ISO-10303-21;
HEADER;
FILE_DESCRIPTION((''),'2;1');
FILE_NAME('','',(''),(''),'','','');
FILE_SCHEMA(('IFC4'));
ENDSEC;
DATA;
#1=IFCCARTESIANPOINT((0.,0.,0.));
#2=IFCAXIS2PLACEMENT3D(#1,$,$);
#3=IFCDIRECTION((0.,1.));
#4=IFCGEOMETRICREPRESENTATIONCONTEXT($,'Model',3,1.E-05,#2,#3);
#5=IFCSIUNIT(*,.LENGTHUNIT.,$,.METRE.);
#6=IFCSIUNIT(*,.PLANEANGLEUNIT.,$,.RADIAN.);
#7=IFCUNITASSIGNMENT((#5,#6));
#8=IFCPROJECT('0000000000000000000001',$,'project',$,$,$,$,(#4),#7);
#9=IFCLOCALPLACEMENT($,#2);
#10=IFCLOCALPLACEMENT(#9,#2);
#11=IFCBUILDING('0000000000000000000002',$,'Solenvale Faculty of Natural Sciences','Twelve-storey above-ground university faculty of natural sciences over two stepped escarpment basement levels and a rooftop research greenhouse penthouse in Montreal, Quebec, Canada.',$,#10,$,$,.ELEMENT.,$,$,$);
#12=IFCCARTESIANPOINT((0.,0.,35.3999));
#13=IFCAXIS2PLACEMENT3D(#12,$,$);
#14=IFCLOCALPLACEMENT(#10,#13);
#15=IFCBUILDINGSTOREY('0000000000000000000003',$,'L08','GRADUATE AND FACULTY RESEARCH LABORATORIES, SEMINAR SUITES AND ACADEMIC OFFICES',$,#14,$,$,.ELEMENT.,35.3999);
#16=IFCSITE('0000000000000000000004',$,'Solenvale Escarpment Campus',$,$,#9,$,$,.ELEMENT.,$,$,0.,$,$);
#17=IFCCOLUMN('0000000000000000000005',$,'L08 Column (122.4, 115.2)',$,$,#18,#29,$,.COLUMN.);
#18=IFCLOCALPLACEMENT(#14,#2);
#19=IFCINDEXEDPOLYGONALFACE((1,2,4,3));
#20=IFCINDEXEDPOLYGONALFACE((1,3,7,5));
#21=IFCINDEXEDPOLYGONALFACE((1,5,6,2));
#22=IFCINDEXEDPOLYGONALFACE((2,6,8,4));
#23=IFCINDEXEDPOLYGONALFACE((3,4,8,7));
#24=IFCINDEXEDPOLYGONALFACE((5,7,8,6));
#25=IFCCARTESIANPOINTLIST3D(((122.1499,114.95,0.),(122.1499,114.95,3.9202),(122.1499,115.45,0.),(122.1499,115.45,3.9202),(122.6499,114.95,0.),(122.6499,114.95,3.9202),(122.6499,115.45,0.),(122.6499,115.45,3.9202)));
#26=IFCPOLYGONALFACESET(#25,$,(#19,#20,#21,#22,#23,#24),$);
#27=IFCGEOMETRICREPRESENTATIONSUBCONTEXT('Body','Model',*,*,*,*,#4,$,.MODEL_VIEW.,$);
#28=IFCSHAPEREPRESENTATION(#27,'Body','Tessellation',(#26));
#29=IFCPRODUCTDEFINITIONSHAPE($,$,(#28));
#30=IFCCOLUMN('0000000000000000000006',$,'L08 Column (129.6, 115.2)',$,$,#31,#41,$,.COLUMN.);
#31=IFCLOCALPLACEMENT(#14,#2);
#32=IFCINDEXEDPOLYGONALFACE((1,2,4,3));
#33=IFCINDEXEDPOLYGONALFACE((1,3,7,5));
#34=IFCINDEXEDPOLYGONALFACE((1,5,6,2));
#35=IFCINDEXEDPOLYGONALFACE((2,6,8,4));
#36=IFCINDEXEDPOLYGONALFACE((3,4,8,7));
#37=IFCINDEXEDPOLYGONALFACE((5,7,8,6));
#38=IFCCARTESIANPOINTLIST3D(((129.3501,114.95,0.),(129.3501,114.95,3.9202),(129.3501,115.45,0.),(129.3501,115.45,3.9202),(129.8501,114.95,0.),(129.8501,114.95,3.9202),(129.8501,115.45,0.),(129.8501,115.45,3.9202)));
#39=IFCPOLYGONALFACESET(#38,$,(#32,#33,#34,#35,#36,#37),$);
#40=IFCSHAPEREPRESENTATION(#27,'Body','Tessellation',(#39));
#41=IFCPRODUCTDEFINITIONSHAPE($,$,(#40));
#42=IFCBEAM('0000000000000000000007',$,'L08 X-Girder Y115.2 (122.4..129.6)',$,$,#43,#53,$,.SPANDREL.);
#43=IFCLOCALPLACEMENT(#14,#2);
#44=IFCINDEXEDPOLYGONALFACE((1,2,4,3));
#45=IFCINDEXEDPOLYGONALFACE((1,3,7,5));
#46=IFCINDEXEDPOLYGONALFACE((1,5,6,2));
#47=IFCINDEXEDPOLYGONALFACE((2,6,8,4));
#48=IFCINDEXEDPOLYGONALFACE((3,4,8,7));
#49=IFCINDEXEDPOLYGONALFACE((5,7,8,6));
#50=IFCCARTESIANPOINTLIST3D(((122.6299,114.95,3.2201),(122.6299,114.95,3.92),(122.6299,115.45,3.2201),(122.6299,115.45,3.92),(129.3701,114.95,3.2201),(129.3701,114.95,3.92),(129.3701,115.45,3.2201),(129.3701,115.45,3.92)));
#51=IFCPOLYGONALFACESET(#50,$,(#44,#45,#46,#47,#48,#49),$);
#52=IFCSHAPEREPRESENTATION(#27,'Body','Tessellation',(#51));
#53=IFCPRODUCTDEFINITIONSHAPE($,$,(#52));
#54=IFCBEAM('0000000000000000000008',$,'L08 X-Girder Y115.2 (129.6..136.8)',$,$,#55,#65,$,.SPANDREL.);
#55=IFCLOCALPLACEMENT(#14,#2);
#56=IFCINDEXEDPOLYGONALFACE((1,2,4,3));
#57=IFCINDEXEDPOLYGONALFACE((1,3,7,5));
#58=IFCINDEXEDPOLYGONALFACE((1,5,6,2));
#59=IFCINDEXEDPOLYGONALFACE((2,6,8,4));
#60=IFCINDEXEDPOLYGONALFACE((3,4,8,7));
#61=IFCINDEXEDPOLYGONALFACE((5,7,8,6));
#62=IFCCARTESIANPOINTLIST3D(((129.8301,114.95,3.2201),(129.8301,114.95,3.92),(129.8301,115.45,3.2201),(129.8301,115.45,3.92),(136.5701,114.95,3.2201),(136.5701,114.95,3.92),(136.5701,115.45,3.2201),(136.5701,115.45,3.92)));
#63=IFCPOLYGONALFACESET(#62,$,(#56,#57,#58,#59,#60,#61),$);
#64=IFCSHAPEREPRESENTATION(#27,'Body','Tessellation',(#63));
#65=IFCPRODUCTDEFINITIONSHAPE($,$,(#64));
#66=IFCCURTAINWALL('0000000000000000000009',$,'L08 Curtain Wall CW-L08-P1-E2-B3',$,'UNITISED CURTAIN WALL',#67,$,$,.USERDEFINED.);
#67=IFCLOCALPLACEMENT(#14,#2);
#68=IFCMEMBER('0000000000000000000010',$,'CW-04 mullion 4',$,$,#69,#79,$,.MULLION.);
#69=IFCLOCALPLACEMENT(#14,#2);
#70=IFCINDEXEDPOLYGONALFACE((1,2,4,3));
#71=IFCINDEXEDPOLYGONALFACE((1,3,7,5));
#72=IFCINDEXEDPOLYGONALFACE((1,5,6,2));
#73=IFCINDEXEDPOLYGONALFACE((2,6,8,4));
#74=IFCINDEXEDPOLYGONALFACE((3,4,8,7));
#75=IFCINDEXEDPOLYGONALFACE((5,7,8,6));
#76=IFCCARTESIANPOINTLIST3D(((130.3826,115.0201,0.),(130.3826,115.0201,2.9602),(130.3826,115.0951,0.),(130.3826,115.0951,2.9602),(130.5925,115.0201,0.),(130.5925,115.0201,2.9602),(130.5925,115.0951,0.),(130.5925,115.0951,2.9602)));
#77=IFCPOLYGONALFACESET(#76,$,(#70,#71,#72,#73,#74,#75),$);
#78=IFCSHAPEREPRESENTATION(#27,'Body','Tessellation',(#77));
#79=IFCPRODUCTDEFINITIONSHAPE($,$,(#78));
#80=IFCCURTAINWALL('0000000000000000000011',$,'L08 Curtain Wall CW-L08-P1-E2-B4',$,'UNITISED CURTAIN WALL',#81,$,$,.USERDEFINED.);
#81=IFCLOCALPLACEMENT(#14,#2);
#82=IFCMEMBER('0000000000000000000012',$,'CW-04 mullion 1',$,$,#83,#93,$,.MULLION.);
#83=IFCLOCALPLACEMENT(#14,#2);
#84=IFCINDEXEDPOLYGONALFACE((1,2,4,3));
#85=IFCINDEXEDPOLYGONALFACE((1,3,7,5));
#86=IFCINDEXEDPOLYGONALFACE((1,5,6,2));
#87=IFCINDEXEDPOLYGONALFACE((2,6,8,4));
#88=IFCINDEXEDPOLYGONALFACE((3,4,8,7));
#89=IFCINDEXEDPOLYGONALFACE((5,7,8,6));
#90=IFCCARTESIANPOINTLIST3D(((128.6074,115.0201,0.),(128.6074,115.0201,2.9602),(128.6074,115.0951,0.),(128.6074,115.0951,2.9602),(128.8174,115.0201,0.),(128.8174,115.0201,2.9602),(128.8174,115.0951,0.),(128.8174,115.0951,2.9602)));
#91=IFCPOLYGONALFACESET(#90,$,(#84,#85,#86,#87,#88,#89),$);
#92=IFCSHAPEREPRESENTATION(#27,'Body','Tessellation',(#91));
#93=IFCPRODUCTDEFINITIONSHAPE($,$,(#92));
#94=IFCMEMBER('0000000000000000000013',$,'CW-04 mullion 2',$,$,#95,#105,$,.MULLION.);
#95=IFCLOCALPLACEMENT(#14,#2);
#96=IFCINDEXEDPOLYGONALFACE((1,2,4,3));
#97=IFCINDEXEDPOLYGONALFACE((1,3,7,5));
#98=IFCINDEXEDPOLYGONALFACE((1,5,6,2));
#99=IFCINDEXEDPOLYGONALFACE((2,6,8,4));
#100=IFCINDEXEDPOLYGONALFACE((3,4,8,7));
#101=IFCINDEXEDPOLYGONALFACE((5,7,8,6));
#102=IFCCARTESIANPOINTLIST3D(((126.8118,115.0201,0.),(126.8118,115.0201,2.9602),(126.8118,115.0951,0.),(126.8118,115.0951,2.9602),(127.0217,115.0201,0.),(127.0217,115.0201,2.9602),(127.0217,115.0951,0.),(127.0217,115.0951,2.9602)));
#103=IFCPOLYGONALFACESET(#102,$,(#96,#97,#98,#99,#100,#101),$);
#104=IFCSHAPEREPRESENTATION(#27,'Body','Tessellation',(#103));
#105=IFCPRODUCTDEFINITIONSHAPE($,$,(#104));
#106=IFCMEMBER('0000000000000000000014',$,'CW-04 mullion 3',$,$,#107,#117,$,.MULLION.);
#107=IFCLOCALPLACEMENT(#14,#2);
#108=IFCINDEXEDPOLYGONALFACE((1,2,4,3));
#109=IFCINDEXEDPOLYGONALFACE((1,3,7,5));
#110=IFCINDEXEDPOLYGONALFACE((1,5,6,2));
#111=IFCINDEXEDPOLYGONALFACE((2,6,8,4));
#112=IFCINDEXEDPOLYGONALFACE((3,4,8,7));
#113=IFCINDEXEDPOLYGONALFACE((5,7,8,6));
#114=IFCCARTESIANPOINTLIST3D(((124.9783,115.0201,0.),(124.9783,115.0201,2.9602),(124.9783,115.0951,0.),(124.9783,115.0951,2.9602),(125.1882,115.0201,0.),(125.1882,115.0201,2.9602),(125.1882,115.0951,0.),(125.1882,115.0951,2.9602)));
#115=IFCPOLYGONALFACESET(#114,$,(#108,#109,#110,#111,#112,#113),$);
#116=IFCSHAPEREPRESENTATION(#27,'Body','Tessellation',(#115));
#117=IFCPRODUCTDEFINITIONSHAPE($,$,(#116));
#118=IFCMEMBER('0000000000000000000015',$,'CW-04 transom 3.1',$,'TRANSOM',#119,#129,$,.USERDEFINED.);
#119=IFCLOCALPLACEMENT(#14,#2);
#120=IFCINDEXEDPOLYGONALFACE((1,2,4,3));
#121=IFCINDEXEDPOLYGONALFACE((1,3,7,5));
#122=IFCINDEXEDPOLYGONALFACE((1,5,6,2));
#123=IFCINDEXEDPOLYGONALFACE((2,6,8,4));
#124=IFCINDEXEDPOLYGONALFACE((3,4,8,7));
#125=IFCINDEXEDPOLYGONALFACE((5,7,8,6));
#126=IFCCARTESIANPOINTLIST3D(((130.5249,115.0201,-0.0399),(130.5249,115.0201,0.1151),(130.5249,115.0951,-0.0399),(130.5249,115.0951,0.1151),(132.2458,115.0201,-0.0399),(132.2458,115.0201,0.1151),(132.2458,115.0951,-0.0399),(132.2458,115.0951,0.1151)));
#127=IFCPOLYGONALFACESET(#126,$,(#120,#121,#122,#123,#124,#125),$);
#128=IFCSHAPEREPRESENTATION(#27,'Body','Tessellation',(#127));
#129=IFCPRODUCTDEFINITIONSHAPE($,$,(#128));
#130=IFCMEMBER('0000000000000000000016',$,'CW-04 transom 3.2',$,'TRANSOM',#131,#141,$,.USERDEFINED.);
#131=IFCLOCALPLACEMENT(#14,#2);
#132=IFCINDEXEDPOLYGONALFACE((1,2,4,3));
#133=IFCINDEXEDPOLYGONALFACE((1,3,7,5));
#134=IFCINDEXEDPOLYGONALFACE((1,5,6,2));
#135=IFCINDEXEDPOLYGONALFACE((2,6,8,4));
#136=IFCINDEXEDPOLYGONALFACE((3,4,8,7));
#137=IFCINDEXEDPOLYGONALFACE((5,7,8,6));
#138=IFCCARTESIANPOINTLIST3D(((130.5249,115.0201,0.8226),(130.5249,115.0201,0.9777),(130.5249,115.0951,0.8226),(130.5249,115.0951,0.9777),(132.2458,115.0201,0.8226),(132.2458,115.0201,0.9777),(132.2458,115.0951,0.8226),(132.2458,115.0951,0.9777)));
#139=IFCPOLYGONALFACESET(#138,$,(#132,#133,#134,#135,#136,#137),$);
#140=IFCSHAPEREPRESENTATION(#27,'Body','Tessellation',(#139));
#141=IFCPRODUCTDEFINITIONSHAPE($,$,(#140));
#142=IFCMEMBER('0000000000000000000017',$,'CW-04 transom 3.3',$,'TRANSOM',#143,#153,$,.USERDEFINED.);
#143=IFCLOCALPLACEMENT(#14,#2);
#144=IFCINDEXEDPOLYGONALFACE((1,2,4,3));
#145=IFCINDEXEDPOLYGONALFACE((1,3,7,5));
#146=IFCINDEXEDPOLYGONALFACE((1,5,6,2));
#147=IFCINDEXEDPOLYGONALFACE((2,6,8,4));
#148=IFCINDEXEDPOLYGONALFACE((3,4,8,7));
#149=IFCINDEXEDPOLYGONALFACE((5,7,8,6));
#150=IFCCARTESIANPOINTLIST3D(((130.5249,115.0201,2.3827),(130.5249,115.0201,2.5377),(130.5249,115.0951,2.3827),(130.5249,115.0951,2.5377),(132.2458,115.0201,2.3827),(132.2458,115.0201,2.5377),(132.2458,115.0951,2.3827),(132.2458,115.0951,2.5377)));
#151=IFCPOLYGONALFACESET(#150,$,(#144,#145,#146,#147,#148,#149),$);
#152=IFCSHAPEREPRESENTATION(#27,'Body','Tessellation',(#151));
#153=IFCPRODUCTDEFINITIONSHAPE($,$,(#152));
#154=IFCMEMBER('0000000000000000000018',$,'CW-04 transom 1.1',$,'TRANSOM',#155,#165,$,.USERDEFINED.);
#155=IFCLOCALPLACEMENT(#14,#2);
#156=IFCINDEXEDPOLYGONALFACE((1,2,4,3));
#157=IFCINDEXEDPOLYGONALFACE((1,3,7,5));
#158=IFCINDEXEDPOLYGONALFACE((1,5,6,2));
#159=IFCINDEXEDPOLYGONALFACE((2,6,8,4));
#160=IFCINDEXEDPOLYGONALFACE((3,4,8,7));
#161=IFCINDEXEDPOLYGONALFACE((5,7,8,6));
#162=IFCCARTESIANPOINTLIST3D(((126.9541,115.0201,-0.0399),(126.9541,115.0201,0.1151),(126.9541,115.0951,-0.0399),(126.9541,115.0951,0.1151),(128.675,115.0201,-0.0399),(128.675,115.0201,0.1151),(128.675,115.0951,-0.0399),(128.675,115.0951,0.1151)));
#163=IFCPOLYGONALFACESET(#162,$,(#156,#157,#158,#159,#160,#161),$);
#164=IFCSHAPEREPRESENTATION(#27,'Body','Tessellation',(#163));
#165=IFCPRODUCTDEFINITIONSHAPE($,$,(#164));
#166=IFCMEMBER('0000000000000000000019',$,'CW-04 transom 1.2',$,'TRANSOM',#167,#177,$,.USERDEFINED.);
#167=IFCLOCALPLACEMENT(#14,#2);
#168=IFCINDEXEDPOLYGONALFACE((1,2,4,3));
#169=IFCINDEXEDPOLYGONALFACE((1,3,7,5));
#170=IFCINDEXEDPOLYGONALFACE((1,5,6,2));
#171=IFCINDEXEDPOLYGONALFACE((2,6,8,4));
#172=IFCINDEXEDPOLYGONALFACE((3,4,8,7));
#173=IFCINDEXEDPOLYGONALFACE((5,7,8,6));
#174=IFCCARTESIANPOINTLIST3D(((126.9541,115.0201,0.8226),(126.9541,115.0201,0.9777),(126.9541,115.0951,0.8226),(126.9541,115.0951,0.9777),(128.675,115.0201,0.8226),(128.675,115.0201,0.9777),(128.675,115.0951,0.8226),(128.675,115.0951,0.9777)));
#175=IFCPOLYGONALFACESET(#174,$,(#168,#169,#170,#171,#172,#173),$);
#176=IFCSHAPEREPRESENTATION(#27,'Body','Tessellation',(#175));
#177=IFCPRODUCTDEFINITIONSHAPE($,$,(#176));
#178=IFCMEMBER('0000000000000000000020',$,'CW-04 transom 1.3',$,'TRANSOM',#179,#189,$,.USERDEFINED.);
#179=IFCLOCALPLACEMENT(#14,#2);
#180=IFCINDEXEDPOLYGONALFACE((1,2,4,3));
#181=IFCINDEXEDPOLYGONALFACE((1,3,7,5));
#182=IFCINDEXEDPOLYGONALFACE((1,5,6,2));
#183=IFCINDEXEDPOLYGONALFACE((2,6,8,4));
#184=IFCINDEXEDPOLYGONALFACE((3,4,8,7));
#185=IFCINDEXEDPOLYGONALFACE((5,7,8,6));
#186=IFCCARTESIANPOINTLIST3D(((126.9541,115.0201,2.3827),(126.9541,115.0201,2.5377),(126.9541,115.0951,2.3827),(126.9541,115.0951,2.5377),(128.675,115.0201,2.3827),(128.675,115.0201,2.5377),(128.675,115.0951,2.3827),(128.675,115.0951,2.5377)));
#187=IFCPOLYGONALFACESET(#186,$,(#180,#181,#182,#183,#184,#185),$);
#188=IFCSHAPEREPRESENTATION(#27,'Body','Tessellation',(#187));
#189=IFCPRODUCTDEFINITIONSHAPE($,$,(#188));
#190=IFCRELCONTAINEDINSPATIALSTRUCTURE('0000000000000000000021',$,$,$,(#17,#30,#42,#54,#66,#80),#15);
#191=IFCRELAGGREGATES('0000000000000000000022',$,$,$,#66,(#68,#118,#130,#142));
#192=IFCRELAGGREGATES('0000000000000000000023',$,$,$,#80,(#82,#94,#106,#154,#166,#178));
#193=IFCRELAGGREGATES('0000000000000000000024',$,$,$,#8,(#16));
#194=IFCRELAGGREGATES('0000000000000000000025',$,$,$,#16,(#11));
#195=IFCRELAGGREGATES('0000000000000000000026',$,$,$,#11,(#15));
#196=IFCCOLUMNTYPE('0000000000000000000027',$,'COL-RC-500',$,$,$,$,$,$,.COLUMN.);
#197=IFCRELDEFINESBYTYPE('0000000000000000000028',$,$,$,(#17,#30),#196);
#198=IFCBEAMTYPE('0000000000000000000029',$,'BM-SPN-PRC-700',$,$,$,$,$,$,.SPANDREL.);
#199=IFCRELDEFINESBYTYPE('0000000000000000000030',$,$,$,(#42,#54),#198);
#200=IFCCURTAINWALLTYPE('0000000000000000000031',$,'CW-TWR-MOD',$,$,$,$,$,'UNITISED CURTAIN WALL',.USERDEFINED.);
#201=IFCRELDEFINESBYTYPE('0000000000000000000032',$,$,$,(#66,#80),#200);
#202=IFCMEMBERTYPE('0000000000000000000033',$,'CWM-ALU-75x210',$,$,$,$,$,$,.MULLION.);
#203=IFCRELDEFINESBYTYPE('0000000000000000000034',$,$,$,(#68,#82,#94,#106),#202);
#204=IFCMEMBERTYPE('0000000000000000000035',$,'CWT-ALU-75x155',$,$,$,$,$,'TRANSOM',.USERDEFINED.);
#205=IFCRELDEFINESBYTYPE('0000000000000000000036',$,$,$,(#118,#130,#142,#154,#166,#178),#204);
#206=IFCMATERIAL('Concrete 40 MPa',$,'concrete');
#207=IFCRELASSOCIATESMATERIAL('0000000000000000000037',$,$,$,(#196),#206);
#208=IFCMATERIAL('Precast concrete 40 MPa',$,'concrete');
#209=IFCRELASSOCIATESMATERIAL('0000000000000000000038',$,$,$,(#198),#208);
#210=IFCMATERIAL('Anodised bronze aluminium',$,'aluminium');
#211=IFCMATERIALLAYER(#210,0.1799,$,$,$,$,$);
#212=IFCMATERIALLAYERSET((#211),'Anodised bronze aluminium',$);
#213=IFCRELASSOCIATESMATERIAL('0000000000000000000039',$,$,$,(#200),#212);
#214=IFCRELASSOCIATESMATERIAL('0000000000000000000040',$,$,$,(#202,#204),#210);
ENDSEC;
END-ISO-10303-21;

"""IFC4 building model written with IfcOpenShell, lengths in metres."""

from ifc_helpers import new_model, si_unit, direction, frame, origin, origin_2d, place, context, subcontext, project, spatial, rectangle, extrude, material, layer, layer_set, material_profile, profile_set, type_object, element, aggregate, save


model = new_model("IFC4")

# Units and contexts
model_context = context("Model", 3, precision=1e-05, world=origin(), true_north=direction((0.0, 1.0)))
body_context = subcontext(model_context, "Body", "Model", "MODEL_VIEW")
ifc_project = project(units=[si_unit("LENGTHUNIT", "METRE"), si_unit("PLANEANGLEUNIT", "RADIAN")], contexts=[model_context])

# Site, building, storey
site_placement = place(None, origin())
site = spatial("IfcSite", under=ifc_project, at=site_placement, Name="Solenvale Escarpment Campus", CompositionType="ELEMENT", RefElevation=0.0)
building_placement = place(site_placement, origin())
building = spatial("IfcBuilding", under=site, at=building_placement, Name="Solenvale Faculty of Natural Sciences", Description="Twelve-storey above-ground university faculty of natural sciences over two stepped escarpment basement levels and a rooftop research greenhouse penthouse in Montreal, Quebec, Canada.", CompositionType="ELEMENT")
storey_placement = place(building_placement, frame((0.0, 0.0, 35.3999)))
storey = spatial("IfcBuildingStorey", under=building, at=storey_placement, Name="L08", Description="GRADUATE AND FACULTY RESEARCH LABORATORIES, SEMINAR SUITES AND ACADEMIC OFFICES", CompositionType="ELEMENT", Elevation=35.3999)

# Columns
ifc_material_1 = material(Name="Concrete 40 MPa", Category="concrete")
ifc_material_profile_1 = material_profile(ifc_material_1, rectangle(XDim=0.5, YDim=0.5, at=origin_2d()), Name="RC-COL-500x500")
ifc_profile_set_1 = profile_set([ifc_material_profile_1], Name="Concrete 40 MPa")
column_type = type_object("IfcColumnType", Name="COL-RC-500", PredefinedType="COLUMN", material=ifc_profile_set_1)
for number, where, z_axis, x_axis, name in (
    (1, (122.3999, 115.2, 0.0), (0.0, 0.0, 1.0), (1.0, 0.0, 0.0), "L08 Column (122.4, 115.2)"),
    (2, (129.6001, 115.2, 0.0), (0.0, 0.0, 1.0), (1.0, 0.0, 0.0), "L08 Column (129.6, 115.2)"),
):
    element("IfcColumn", number, at=place(storey_placement, frame(where, z_axis=z_axis, x_axis=x_axis)), inside=storey, type_object=column_type, Name=name, PredefinedType="COLUMN", context=body_context, shape_type="SweptSolid", body=[
        extrude(rectangle(XDim=0.5, YDim=0.5, at=origin_2d()), origin(), (0.0, 0.0, 1.0), 3.9202),
    ])

# Beams
ifc_material_2 = material(Name="Precast concrete 40 MPa", Category="concrete")
ifc_material_profile_2 = material_profile(ifc_material_2, rectangle(XDim=0.5, YDim=0.7, at=origin_2d()), Name="RC-BM-500x700")
ifc_profile_set_2 = profile_set([ifc_material_profile_2], Name="Precast concrete 40 MPa")
beam_type = type_object("IfcBeamType", Name="BM-SPN-PRC-700", PredefinedType="SPANDREL", material=ifc_profile_set_2)
beam_1_placement = place(storey_placement, frame((122.6299, 115.2, 3.5701), z_axis=(1.0, 0.0, 0.0), x_axis=(0.0, 1.0, 0.0)))
element("IfcBeam", 3, at=beam_1_placement, inside=storey, type_object=beam_type, Name="L08 X-Girder Y115.2 (122.4..129.6)", PredefinedType="SPANDREL", context=body_context, shape_type="SweptSolid", body=[
    extrude(rectangle(XDim=0.5, YDim=0.7, at=origin_2d()), origin(), (0.0, 0.0, 1.0), 6.7402),
])
beam_2_placement = place(storey_placement, frame((129.8301, 115.2, 3.5701), z_axis=(1.0, 0.0, 0.0), x_axis=(0.0, 1.0, 0.0)))
element("IfcBeam", 4, at=beam_2_placement, inside=storey, type_object=beam_type, Name="L08 X-Girder Y115.2 (129.6..136.8)", PredefinedType="SPANDREL", context=body_context, shape_type="SweptSolid", body=[
    extrude(rectangle(XDim=0.5, YDim=0.7, at=origin_2d()), origin(), (0.0, 0.0, 1.0), 6.74),
])

# Curtain wall, member
ifc_material_3 = material(Name="Anodised bronze aluminium", Category="aluminium")
ifc_layer_1 = layer(ifc_material_3, 0.1799)
ifc_layer_set_1 = layer_set([ifc_layer_1], Name="Anodised bronze aluminium")
curtain_wall_type = type_object("IfcCurtainWallType", Name="CW-TWR-MOD", ElementType="UNITISED CURTAIN WALL", PredefinedType="USERDEFINED", material=ifc_layer_set_1)
curtain_wall_1_placement = place(storey_placement, origin())
curtain_wall_1 = element("IfcCurtainWall", 5, at=curtain_wall_1_placement, inside=storey, type_object=curtain_wall_type, Name="L08 Curtain Wall CW-L08-P1-E2-B3", ObjectType="UNITISED CURTAIN WALL", PredefinedType="USERDEFINED")
ifc_material_profile_3 = material_profile(ifc_material_3, rectangle(XDim=0.075, YDim=0.21, at=origin_2d()), Name="ALU-MUL-75x210")
ifc_profile_set_3 = profile_set([ifc_material_profile_3], Name="Anodised bronze aluminium")
member_type_1 = type_object("IfcMemberType", Name="CWM-ALU-75x210", PredefinedType="MULLION", material=ifc_profile_set_3)
member_1_placement = place(storey_placement, frame((130.4875, 115.0576, 0.0), z_axis=(0.0, 0.0, 1.0), x_axis=(0.0, -1.0, 0.0)))
member_1 = element("IfcMember", 6, at=member_1_placement, type_object=member_type_1, Name="CW-04 mullion 4", PredefinedType="MULLION", context=body_context, shape_type="SweptSolid", body=[
    extrude(rectangle(XDim=0.075, YDim=0.21, at=origin_2d()), origin(), (0.0, 0.0, 1.0), 2.9602),
])

# Curtain wall, members
curtain_wall_2_placement = place(storey_placement, origin())
curtain_wall_2 = element("IfcCurtainWall", 7, at=curtain_wall_2_placement, inside=storey, type_object=curtain_wall_type, Name="L08 Curtain Wall CW-L08-P1-E2-B4", ObjectType="UNITISED CURTAIN WALL", PredefinedType="USERDEFINED")
member_2_placement = place(storey_placement, frame((128.7124, 115.0576, 0.0), z_axis=(0.0, 0.0, 1.0), x_axis=(0.0, -1.0, 0.0)))
member_2 = element("IfcMember", 8, at=member_2_placement, type_object=member_type_1, Name="CW-04 mullion 1", PredefinedType="MULLION", context=body_context, shape_type="SweptSolid", body=[
    extrude(rectangle(XDim=0.075, YDim=0.21, at=origin_2d()), origin(), (0.0, 0.0, 1.0), 2.9602),
])
member_3_placement = place(storey_placement, frame((126.9167, 115.0576, 0.0), z_axis=(0.0, 0.0, 1.0), x_axis=(0.0, -1.0, 0.0)))
member_3 = element("IfcMember", 9, at=member_3_placement, type_object=member_type_1, Name="CW-04 mullion 2", PredefinedType="MULLION", context=body_context, shape_type="SweptSolid", body=[
    extrude(rectangle(XDim=0.075, YDim=0.21, at=origin_2d()), origin(), (0.0, 0.0, 1.0), 2.9602),
])
member_4_placement = place(storey_placement, frame((125.0833, 115.0576, 0.0), z_axis=(0.0, 0.0, 1.0), x_axis=(0.0, -1.0, 0.0)))
member_4 = element("IfcMember", 10, at=member_4_placement, type_object=member_type_1, Name="CW-04 mullion 3", PredefinedType="MULLION", context=body_context, shape_type="SweptSolid", body=[
    extrude(rectangle(XDim=0.075, YDim=0.21, at=origin_2d()), origin(), (0.0, 0.0, 1.0), 2.9602),
])

# Members
ifc_material_profile_4 = material_profile(ifc_material_3, rectangle(XDim=0.075, YDim=0.155, at=origin_2d()), Name="ALU-TRN-75x155")
ifc_profile_set_4 = profile_set([ifc_material_profile_4], Name="Anodised bronze aluminium")
member_type_2 = type_object("IfcMemberType", Name="CWT-ALU-75x155", ElementType="TRANSOM", PredefinedType="USERDEFINED", material=ifc_profile_set_4)
member_5_placement = place(storey_placement, frame((132.2458, 115.0576, 0.0376), z_axis=(-1.0, 0.0, 0.0), x_axis=(0.0, -1.0, 0.0)))
member_5 = element("IfcMember", 11, at=member_5_placement, type_object=member_type_2, Name="CW-04 transom 3.1", ObjectType="TRANSOM", PredefinedType="USERDEFINED", context=body_context, shape_type="SweptSolid", body=[
    extrude(rectangle(XDim=0.075, YDim=0.155, at=origin_2d()), origin(), (0.0, 0.0, 1.0), 1.7209),
])
member_6_placement = place(storey_placement, frame((132.2458, 115.0576, 0.9001), z_axis=(-1.0, 0.0, 0.0), x_axis=(0.0, -1.0, 0.0)))
member_6 = element("IfcMember", 12, at=member_6_placement, type_object=member_type_2, Name="CW-04 transom 3.2", ObjectType="TRANSOM", PredefinedType="USERDEFINED", context=body_context, shape_type="SweptSolid", body=[
    extrude(rectangle(XDim=0.075, YDim=0.155, at=origin_2d()), origin(), (0.0, 0.0, 1.0), 1.7209),
])
member_7_placement = place(storey_placement, frame((132.2458, 115.0576, 2.4602), z_axis=(-1.0, 0.0, 0.0), x_axis=(0.0, -1.0, 0.0)))
member_7 = element("IfcMember", 13, at=member_7_placement, type_object=member_type_2, Name="CW-04 transom 3.3", ObjectType="TRANSOM", PredefinedType="USERDEFINED", context=body_context, shape_type="SweptSolid", body=[
    extrude(rectangle(XDim=0.075, YDim=0.155, at=origin_2d()), origin(), (0.0, 0.0, 1.0), 1.7209),
])
member_8_placement = place(storey_placement, frame((128.675, 115.0576, 0.0376), z_axis=(-1.0, 0.0, 0.0), x_axis=(0.0, -1.0, 0.0)))
member_8 = element("IfcMember", 14, at=member_8_placement, type_object=member_type_2, Name="CW-04 transom 1.1", ObjectType="TRANSOM", PredefinedType="USERDEFINED", context=body_context, shape_type="SweptSolid", body=[
    extrude(rectangle(XDim=0.075, YDim=0.155, at=origin_2d()), origin(), (0.0, 0.0, 1.0), 1.7209),
])
member_9_placement = place(storey_placement, frame((128.675, 115.0576, 0.9001), z_axis=(-1.0, 0.0, 0.0), x_axis=(0.0, -1.0, 0.0)))
member_9 = element("IfcMember", 15, at=member_9_placement, type_object=member_type_2, Name="CW-04 transom 1.2", ObjectType="TRANSOM", PredefinedType="USERDEFINED", context=body_context, shape_type="SweptSolid", body=[
    extrude(rectangle(XDim=0.075, YDim=0.155, at=origin_2d()), origin(), (0.0, 0.0, 1.0), 1.7209),
])
member_10_placement = place(storey_placement, frame((128.675, 115.0576, 2.4602), z_axis=(-1.0, 0.0, 0.0), x_axis=(0.0, -1.0, 0.0)))
member_10 = element("IfcMember", 16, at=member_10_placement, type_object=member_type_2, Name="CW-04 transom 1.3", ObjectType="TRANSOM", PredefinedType="USERDEFINED", context=body_context, shape_type="SweptSolid", body=[
    extrude(rectangle(XDim=0.075, YDim=0.155, at=origin_2d()), origin(), (0.0, 0.0, 1.0), 1.7209),
])

aggregate(curtain_wall_1, [member_1, member_5, member_6, member_7])
aggregate(curtain_wall_2, [member_2, member_3, member_4, member_8, member_9, member_10])

save(model, "model.ifc")
